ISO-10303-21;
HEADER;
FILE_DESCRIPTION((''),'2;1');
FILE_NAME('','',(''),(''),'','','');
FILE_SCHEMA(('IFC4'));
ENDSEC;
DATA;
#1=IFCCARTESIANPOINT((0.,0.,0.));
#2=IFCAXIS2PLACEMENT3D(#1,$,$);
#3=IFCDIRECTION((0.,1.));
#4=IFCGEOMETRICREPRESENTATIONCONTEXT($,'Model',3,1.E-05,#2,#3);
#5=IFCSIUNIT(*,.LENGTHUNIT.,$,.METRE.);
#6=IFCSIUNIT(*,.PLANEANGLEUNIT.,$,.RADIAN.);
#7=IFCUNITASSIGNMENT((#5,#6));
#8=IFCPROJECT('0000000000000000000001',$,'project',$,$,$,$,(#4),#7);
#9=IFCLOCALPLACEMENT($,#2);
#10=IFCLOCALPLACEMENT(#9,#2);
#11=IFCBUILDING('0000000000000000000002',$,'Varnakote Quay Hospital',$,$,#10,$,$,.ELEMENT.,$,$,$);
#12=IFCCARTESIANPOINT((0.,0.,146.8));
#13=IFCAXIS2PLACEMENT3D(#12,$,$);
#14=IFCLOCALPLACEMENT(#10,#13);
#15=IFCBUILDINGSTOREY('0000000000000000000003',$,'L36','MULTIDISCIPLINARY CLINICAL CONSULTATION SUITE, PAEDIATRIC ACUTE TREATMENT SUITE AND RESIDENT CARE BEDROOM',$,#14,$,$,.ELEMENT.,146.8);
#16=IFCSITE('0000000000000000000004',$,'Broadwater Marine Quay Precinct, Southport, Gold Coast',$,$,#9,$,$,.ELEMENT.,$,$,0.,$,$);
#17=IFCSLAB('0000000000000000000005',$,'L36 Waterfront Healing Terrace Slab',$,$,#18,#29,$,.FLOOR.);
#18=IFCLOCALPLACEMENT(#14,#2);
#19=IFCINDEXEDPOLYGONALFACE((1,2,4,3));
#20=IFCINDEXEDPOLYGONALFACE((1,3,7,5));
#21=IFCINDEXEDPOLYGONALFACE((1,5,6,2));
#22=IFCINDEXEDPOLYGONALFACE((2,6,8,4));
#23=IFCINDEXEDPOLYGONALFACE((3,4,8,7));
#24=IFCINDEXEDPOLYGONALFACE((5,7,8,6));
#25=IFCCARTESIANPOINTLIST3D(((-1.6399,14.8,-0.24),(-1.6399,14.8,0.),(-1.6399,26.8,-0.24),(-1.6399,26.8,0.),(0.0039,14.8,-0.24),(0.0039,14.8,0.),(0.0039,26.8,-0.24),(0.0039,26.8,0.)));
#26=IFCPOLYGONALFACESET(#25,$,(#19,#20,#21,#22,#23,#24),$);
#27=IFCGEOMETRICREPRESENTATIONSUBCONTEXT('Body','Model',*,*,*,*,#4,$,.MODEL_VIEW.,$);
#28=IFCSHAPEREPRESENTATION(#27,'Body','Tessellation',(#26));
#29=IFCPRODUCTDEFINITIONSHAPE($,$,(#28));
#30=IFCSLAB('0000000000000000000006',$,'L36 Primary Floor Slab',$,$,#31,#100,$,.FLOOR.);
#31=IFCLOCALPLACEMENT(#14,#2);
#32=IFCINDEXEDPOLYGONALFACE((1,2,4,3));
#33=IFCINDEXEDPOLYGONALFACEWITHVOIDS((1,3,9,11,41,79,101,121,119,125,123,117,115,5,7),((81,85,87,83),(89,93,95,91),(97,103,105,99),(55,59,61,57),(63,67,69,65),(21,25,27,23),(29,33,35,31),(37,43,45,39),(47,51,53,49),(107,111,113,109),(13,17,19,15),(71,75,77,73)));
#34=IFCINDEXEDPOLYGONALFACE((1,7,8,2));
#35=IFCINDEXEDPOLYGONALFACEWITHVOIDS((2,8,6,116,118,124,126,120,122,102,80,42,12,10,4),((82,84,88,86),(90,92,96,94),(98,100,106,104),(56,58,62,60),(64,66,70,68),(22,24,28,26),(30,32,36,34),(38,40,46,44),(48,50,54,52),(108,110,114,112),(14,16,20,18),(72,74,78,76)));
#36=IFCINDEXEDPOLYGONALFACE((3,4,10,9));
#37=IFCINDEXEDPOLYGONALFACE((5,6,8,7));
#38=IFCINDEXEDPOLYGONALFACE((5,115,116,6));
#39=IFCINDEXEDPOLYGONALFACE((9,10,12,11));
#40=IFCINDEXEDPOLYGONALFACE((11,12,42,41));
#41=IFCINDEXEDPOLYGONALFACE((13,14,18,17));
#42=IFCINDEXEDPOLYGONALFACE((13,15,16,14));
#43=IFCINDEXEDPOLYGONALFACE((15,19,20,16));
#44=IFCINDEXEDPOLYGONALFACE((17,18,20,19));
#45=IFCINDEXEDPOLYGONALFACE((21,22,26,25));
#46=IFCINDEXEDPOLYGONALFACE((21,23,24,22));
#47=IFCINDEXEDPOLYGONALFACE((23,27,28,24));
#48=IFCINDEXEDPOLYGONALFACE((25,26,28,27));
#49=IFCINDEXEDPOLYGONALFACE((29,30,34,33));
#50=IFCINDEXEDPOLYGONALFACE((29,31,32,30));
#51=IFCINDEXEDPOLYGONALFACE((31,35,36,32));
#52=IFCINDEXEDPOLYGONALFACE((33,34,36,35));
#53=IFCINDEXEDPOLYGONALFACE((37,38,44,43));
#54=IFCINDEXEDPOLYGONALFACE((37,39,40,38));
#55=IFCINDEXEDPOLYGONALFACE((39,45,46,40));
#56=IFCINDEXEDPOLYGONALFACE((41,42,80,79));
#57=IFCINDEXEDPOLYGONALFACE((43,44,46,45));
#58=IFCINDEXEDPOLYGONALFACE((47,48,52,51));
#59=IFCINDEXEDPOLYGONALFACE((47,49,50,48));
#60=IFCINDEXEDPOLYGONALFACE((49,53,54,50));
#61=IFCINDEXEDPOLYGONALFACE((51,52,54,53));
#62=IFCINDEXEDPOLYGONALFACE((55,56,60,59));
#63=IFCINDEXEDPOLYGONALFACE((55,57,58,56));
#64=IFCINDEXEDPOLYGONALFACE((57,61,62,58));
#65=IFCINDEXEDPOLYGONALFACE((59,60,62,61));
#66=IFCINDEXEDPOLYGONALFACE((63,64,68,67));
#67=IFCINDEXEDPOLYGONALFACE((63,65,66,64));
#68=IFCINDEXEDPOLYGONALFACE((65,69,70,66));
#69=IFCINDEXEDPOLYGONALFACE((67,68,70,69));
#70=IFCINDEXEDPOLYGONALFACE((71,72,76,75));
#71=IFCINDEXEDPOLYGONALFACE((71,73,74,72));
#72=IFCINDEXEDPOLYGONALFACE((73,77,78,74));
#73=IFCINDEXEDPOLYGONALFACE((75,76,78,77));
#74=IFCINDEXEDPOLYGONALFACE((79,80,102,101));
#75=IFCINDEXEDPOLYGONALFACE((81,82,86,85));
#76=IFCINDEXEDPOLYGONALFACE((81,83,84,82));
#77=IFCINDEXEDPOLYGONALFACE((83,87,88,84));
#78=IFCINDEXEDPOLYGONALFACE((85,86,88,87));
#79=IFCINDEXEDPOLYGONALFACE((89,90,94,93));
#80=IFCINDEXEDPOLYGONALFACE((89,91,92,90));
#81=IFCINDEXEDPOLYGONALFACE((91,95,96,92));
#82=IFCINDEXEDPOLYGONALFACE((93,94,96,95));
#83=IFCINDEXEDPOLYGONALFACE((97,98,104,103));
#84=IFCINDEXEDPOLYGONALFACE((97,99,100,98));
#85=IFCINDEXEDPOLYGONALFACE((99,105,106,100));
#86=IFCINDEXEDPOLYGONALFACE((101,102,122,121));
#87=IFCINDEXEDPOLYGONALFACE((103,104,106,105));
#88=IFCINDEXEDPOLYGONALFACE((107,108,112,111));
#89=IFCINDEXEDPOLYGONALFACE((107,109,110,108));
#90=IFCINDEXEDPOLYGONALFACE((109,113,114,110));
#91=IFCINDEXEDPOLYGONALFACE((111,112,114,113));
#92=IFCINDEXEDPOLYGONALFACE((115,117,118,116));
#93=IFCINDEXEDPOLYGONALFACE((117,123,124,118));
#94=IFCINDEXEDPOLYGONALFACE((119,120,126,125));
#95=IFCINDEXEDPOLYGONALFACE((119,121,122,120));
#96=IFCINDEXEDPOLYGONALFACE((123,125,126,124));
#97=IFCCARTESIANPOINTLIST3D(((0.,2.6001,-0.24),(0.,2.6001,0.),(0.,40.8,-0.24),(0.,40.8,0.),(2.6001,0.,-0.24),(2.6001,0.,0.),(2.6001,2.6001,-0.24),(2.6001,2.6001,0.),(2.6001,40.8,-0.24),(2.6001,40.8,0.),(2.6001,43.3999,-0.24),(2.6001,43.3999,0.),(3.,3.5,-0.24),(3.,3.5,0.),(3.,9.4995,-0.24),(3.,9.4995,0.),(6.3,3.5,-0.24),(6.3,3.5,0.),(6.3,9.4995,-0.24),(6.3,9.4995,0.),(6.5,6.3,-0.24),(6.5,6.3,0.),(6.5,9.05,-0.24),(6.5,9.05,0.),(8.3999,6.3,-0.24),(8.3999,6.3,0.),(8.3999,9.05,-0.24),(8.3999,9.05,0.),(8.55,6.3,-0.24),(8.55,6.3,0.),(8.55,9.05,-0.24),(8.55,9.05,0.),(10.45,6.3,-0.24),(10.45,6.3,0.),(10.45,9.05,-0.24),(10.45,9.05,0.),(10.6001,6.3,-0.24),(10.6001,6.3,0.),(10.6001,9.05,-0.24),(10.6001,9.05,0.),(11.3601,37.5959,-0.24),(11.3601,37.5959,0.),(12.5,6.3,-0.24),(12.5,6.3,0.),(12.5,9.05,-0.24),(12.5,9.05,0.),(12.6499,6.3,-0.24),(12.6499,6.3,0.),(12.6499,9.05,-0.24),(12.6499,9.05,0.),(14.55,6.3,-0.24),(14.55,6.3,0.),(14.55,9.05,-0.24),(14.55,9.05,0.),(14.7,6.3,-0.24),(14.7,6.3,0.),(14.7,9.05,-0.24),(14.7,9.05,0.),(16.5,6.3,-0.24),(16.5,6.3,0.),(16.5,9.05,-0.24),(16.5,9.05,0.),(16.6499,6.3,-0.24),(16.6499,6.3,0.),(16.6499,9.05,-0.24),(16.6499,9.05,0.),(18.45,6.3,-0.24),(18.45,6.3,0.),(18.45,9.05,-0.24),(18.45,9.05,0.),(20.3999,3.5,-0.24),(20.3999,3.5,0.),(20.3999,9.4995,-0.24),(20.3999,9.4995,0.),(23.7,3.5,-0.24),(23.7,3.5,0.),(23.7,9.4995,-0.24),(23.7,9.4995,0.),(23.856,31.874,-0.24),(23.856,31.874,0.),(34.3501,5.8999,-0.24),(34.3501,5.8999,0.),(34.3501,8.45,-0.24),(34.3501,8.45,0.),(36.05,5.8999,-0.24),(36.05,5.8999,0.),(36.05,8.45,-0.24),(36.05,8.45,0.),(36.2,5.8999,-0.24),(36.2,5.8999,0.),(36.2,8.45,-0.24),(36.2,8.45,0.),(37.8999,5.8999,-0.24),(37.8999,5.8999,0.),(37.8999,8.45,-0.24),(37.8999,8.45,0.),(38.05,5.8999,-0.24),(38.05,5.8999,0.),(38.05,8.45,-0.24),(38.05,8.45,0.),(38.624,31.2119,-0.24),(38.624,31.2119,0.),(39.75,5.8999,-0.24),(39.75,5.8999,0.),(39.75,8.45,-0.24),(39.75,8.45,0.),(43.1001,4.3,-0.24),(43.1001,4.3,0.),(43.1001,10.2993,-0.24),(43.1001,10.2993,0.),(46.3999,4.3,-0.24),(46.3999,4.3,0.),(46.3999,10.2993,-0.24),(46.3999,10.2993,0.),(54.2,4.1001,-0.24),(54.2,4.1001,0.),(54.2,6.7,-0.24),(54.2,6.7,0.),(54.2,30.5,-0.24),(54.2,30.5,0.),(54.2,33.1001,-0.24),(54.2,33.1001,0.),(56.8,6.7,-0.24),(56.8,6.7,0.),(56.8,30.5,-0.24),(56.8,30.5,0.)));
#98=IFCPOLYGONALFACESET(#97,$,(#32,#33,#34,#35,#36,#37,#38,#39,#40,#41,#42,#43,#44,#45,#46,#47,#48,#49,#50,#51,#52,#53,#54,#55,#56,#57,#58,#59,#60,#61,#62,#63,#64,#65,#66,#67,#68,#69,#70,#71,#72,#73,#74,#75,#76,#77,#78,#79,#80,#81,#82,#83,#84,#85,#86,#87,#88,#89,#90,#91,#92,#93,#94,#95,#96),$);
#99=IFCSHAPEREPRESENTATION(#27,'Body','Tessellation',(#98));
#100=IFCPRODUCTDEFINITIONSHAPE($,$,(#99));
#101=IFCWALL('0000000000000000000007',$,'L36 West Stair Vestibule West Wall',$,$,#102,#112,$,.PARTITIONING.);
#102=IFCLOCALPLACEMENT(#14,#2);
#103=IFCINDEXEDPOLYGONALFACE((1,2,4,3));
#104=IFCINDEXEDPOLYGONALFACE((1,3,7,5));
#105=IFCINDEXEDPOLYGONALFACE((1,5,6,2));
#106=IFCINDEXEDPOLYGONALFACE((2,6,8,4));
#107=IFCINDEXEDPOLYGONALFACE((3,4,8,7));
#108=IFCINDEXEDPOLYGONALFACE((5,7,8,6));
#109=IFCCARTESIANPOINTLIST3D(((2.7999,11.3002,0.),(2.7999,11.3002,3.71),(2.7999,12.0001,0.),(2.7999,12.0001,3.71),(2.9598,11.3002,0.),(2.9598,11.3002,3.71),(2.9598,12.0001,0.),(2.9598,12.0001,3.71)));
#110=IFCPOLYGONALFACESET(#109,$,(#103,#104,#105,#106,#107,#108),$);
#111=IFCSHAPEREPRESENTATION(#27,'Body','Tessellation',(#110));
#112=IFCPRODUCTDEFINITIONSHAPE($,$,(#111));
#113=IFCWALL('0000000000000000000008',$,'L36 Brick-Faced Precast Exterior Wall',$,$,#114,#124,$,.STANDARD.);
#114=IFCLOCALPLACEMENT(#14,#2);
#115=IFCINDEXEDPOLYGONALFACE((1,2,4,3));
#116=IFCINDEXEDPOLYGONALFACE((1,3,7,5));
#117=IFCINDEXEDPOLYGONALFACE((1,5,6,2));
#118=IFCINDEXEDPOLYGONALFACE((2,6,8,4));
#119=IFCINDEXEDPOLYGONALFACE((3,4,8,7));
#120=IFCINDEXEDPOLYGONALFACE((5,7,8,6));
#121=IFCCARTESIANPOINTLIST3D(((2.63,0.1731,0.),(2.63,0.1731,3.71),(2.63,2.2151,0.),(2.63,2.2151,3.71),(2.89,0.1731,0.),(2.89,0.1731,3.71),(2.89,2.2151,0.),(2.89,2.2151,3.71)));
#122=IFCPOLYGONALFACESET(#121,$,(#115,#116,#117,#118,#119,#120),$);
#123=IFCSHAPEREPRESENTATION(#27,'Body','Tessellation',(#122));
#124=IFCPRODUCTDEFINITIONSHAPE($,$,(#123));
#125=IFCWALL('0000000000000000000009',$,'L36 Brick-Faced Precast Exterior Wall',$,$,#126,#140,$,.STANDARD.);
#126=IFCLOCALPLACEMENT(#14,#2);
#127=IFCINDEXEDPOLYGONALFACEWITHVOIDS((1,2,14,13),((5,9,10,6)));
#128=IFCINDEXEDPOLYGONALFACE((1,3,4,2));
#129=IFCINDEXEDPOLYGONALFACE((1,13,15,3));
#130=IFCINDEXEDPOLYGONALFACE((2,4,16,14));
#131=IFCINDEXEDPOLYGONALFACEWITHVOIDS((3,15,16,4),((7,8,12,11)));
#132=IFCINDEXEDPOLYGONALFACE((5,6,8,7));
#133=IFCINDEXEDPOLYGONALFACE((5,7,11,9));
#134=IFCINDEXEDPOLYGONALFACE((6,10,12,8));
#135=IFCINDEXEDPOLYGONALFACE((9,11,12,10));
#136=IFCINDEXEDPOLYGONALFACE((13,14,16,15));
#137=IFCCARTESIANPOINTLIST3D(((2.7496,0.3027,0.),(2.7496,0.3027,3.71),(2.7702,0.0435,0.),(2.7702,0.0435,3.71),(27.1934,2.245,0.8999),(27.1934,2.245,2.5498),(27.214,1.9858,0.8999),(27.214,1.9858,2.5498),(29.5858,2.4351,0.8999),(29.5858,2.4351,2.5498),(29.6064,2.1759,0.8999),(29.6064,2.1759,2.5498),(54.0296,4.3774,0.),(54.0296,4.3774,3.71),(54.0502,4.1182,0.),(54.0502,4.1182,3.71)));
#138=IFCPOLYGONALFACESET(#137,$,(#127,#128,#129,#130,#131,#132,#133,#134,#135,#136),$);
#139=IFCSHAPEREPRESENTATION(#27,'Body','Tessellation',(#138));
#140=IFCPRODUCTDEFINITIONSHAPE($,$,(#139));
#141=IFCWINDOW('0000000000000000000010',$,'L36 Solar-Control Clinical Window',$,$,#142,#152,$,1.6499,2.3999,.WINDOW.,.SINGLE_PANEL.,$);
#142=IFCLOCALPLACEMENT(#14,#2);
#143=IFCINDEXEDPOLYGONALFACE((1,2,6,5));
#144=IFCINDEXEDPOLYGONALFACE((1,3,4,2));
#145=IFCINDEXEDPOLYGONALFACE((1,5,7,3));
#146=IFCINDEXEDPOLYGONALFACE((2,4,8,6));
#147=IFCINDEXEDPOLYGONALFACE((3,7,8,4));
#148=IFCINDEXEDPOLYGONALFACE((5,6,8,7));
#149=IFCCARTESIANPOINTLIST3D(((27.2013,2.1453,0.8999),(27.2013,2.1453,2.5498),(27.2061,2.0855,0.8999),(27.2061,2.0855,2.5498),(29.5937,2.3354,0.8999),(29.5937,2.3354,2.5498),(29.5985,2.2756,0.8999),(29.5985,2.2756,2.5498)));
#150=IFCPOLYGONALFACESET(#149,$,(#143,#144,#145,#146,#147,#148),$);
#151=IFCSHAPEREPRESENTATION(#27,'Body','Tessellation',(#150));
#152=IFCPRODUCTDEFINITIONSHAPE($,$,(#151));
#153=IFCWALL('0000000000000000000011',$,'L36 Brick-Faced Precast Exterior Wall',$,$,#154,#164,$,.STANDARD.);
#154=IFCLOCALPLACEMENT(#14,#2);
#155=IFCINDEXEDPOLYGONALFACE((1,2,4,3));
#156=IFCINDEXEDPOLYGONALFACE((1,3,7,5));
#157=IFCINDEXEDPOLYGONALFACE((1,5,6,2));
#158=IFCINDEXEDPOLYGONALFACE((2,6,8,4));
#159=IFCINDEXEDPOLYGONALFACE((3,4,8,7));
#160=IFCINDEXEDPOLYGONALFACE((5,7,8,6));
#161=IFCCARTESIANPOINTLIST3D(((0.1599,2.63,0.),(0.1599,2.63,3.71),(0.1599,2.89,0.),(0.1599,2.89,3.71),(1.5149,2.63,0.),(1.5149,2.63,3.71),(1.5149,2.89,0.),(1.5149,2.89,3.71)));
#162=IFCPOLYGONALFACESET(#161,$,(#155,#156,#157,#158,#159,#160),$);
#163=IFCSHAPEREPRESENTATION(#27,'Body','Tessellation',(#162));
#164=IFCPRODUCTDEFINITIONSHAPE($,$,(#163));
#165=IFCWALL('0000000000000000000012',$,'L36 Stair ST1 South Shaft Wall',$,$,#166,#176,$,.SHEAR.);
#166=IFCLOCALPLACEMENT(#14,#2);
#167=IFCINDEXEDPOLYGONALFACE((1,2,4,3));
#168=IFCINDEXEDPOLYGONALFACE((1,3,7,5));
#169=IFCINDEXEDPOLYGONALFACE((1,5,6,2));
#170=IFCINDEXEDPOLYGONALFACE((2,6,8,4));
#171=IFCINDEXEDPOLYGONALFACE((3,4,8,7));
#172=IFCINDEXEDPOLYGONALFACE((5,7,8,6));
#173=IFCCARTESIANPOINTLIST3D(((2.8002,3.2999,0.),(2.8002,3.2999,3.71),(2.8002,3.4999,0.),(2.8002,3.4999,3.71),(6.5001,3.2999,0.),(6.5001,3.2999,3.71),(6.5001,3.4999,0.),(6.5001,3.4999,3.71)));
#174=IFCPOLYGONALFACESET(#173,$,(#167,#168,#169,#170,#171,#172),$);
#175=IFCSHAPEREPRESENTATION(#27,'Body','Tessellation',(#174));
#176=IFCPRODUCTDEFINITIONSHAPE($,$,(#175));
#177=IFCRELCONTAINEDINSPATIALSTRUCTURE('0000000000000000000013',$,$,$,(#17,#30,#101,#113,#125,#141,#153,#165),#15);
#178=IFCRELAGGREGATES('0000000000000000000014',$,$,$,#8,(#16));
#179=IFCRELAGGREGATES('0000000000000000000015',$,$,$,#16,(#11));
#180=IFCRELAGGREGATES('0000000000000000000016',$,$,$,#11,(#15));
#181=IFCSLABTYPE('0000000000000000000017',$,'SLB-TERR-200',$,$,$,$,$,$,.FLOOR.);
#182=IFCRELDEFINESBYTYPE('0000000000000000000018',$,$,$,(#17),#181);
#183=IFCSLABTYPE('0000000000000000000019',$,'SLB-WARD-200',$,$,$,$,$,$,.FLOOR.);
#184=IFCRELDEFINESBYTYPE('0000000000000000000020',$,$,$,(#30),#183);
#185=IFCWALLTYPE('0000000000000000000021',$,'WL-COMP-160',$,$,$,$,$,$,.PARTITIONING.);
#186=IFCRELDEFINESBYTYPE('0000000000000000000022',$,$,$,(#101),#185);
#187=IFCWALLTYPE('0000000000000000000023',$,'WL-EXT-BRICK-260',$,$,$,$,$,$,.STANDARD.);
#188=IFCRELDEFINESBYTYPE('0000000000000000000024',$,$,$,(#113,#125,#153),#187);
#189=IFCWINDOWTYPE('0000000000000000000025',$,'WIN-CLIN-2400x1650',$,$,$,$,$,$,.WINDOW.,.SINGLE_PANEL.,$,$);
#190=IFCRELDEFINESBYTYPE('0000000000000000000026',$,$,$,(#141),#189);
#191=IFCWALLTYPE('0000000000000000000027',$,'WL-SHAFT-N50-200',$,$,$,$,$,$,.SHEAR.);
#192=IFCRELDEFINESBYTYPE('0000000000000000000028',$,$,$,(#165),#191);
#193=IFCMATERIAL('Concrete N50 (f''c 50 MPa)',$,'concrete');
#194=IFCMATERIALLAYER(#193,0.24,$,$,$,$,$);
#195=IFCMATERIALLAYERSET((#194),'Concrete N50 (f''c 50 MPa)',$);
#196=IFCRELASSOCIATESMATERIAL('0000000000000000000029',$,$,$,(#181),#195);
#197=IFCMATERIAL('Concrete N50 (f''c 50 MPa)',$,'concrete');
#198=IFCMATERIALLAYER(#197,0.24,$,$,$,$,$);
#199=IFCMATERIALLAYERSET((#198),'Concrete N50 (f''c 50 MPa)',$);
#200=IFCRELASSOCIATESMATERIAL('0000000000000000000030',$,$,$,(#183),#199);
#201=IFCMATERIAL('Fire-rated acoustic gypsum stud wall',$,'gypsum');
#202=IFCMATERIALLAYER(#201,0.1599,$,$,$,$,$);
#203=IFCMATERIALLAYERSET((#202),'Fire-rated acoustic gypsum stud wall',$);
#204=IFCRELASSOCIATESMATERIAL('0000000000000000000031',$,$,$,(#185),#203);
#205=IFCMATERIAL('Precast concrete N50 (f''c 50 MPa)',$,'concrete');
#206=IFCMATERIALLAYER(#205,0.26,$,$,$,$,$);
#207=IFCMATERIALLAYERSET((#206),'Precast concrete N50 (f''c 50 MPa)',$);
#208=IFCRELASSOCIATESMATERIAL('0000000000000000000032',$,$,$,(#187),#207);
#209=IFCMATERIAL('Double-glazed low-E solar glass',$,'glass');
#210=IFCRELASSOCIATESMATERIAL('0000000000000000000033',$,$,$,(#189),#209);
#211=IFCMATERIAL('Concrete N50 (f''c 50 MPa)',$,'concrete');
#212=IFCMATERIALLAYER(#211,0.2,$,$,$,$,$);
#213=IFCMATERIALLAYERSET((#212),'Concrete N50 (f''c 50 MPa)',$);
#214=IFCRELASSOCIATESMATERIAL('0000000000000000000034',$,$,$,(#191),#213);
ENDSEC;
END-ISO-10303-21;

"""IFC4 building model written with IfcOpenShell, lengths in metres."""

from ifc_helpers import new_model, si_unit, direction, frame, frame_2d, origin, place, context, subcontext, project, spatial, polyline, rectangle, outline, extrude, material, layer, layer_set, type_object, element, fill, save


model = new_model("IFC4")

# Units and contexts
model_context = context("Model", 3, precision=1e-05, world=origin(), true_north=direction((0.0, 1.0)))
body_context = subcontext(model_context, "Body", "Model", "MODEL_VIEW")
ifc_project = project(units=[si_unit("LENGTHUNIT", "METRE"), si_unit("PLANEANGLEUNIT", "RADIAN")], contexts=[model_context])

# Site, building, storey
site_placement = place(None, origin())
site = spatial("IfcSite", under=ifc_project, at=site_placement, Name="Broadwater Marine Quay Precinct, Southport, Gold Coast", CompositionType="ELEMENT", RefElevation=0.0)
building_placement = place(site_placement, origin())
building = spatial("IfcBuilding", under=site, at=building_placement, Name="Varnakote Quay Hospital", CompositionType="ELEMENT")
storey_placement = place(building_placement, frame((0.0, 0.0, 146.8)))
storey = spatial("IfcBuildingStorey", under=building, at=storey_placement, Name="L36", Description="MULTIDISCIPLINARY CLINICAL CONSULTATION SUITE, PAEDIATRIC ACUTE TREATMENT SUITE AND RESIDENT CARE BEDROOM", CompositionType="ELEMENT", Elevation=146.8)

# Slabs
ifc_material_1 = material(Name="Concrete N50 (f'c 50 MPa)", Category="concrete")
ifc_layer_1 = layer(ifc_material_1, 0.24)
ifc_layer_set_1 = layer_set([ifc_layer_1], Name="Concrete N50 (f'c 50 MPa)")
slab_type_1 = type_object("IfcSlabType", Name="SLB-TERR-200", PredefinedType="FLOOR", material=ifc_layer_set_1)
slab_1_placement = place(storey_placement, frame((0.0, 0.0, -0.24)))
element("IfcSlab", 1, at=slab_1_placement, inside=storey, type_object=slab_type_1, Name="L36 Waterfront Healing Terrace Slab", PredefinedType="FLOOR", context=body_context, shape_type="SweptSolid", body=[
    extrude(outline(polyline([(0.0039, 14.8), (0.0039, 26.8), (-1.6399, 26.8), (-1.6399, 14.8), (0.0039, 14.8)])), origin(), (0.0, 0.0, 1.0), 0.24),
])
ifc_material_2 = material(Name="Concrete N50 (f'c 50 MPa)", Category="concrete")
ifc_layer_2 = layer(ifc_material_2, 0.24)
ifc_layer_set_2 = layer_set([ifc_layer_2], Name="Concrete N50 (f'c 50 MPa)")
slab_type_2 = type_object("IfcSlabType", Name="SLB-WARD-200", PredefinedType="FLOOR", material=ifc_layer_set_2)
slab_2_placement = place(storey_placement, frame((0.0, 0.0, -0.24)))
element("IfcSlab", 2, at=slab_2_placement, inside=storey, type_object=slab_type_2, Name="L36 Primary Floor Slab", PredefinedType="FLOOR", context=body_context, shape_type="SweptSolid", body=[
    extrude(outline(polyline([(0.0, 2.6001), (2.6001, 2.6001), (2.6001, 0.0), (54.2, 4.1001), (54.2, 6.7), (56.8, 6.7), (56.8, 30.5), (54.2, 30.5), (54.2, 33.1001), (38.624, 31.2119), (23.856, 31.874), (11.3601, 37.5959), (2.6001, 43.3999), (2.6001, 40.8), (0.0, 40.8), (0.0, 2.6001)]), holes=[polyline([(3.0, 3.5), (6.3, 3.5), (6.3, 9.4995), (3.0, 9.4995), (3.0, 3.5)]), polyline([(20.3999, 3.5), (23.7, 3.5), (23.7, 9.4995), (20.3999, 9.4995), (20.3999, 3.5)]), polyline([(43.1001, 4.3), (46.3999, 4.3), (46.3999, 10.2993), (43.1001, 10.2993), (43.1001, 4.3)]), polyline([(6.5, 6.3), (8.3999, 6.3), (8.3999, 9.05), (6.5, 9.05), (6.5, 6.3)]), polyline([(8.55, 6.3), (10.45, 6.3), (10.45, 9.05), (8.55, 9.05), (8.55, 6.3)]), polyline([(10.6001, 6.3), (12.5, 6.3), (12.5, 9.05), (10.6001, 9.05), (10.6001, 6.3)]), polyline([(12.6499, 6.3), (14.55, 6.3), (14.55, 9.05), (12.6499, 9.05), (12.6499, 6.3)]), polyline([(14.7, 6.3), (16.5, 6.3), (16.5, 9.05), (14.7, 9.05), (14.7, 6.3)]), polyline([(16.6499, 6.3), (18.45, 6.3), (18.45, 9.05), (16.6499, 9.05), (16.6499, 6.3)]), polyline([(34.3501, 5.8999), (36.05, 5.8999), (36.05, 8.45), (34.3501, 8.45), (34.3501, 5.8999)]), polyline([(36.2, 5.8999), (37.8999, 5.8999), (37.8999, 8.45), (36.2, 8.45), (36.2, 5.8999)]), polyline([(38.05, 5.8999), (39.75, 5.8999), (39.75, 8.45), (38.05, 8.45), (38.05, 5.8999)])]), origin(), (0.0, 0.0, 1.0), 0.24),
])

# Walls
ifc_material_3 = material(Name="Fire-rated acoustic gypsum stud wall", Category="gypsum")
ifc_layer_3 = layer(ifc_material_3, 0.1599)
ifc_layer_set_3 = layer_set([ifc_layer_3], Name="Fire-rated acoustic gypsum stud wall")
wall_type_1 = type_object("IfcWallType", Name="WL-COMP-160", PredefinedType="PARTITIONING", material=ifc_layer_set_3)
wall_1_placement = place(storey_placement, frame((2.8799, 11.3, 0.0), z_axis=(0.0, 0.0, 1.0), x_axis=(0.0, 1.0, 0.0)))
element("IfcWall", 3, at=wall_1_placement, inside=storey, type_object=wall_type_1, Name="L36 West Stair Vestibule West Wall", PredefinedType="PARTITIONING", context=body_context, shape_type="SweptSolid", body=[
    extrude(rectangle(XDim=0.7, YDim=0.1599, at=frame_2d((0.3501, 0.0))), origin(), (0.0, 0.0, 1.0), 3.71),
])
ifc_material_4 = material(Name="Precast concrete N50 (f'c 50 MPa)", Category="concrete")
ifc_layer_4 = layer(ifc_material_4, 0.26)
ifc_layer_set_4 = layer_set([ifc_layer_4], Name="Precast concrete N50 (f'c 50 MPa)")
wall_type_2 = type_object("IfcWallType", Name="WL-EXT-BRICK-260", PredefinedType="STANDARD", material=ifc_layer_set_4)
wall_2_placement = place(storey_placement, frame((2.76, 2.2151, 0.0), z_axis=(0.0, 0.0, 1.0), x_axis=(0.0, -1.0, 0.0)))
element("IfcWall", 4, at=wall_2_placement, inside=storey, type_object=wall_type_2, Name="L36 Brick-Faced Precast Exterior Wall", PredefinedType="STANDARD", context=body_context, shape_type="SweptSolid", body=[
    extrude(rectangle(XDim=2.042, YDim=0.26, at=frame_2d((1.021, 0.0))), origin(), (0.0, 0.0, 1.0), 3.71),
])

# Wall, opening, window
wall_3_placement = place(storey_placement, frame((2.76, 0.1731, 0.0), z_axis=(0.0, 0.0, 1.0), x_axis=(0.996858, 0.07921, 0.0)))
wall_3 = element("IfcWall", 5, at=wall_3_placement, inside=storey, type_object=wall_type_2, Name="L36 Brick-Faced Precast Exterior Wall", PredefinedType="STANDARD", context=body_context, shape_type="SweptSolid", body=[
    extrude(rectangle(XDim=51.4417, YDim=0.26, at=frame_2d((25.7207, 0.0))), origin(), (0.0, 0.0, 1.0), 3.71),
])
opening_1_placement = place(wall_3_placement, frame((24.5208, 0.0, 0.8999)))
opening_1 = element("IfcOpeningElement", 6, at=opening_1_placement, cuts=wall_3, PredefinedType="OPENING", context=body_context, shape_type="SweptSolid", body=[
    extrude(rectangle(XDim=2.3999, YDim=1.6499, at=frame_2d((1.2, 0.825))), frame((0.0, 0.1399, 0.0), z_axis=(0.0, -1.0, 0.0), x_axis=(1.0, 0.0, 0.0)), (0.0, 0.0, 1.0), 0.28),
])
ifc_material_5 = material(Name="Double-glazed low-E solar glass", Category="glass")
window_type = type_object("IfcWindowType", Name="WIN-CLIN-2400x1650", PartitioningType="SINGLE_PANEL", PredefinedType="WINDOW", material=ifc_material_5)
window_placement = place(opening_1_placement, origin())
window = element("IfcWindow", 7, at=window_placement, inside=storey, type_object=window_type, Name="L36 Solar-Control Clinical Window", OverallHeight=1.6499, OverallWidth=2.3999, PartitioningType="SINGLE_PANEL", PredefinedType="WINDOW", context=body_context, shape_type="SweptSolid", body=[
    extrude(rectangle(XDim=2.3999, YDim=1.6499, at=frame_2d((1.2, 0.825))), frame((0.0, 0.03, 0.0), z_axis=(0.0, -1.0, 0.0), x_axis=(1.0, 0.0, 0.0)), (0.0, 0.0, 1.0), 0.0601),
])
fill(opening_1, window)

# Walls
wall_4_placement = place(storey_placement, frame((0.1599, 2.76, 0.0), z_axis=(0.0, 0.0, 1.0), x_axis=(1.0, 0.0, 0.0)))
element("IfcWall", 8, at=wall_4_placement, inside=storey, type_object=wall_type_2, Name="L36 Brick-Faced Precast Exterior Wall", PredefinedType="STANDARD", context=body_context, shape_type="SweptSolid", body=[
    extrude(rectangle(XDim=1.355, YDim=0.26, at=frame_2d((0.6775, 0.0))), origin(), (0.0, 0.0, 1.0), 3.71),
])
ifc_material_6 = material(Name="Concrete N50 (f'c 50 MPa)", Category="concrete")
ifc_layer_5 = layer(ifc_material_6, 0.2)
ifc_layer_set_5 = layer_set([ifc_layer_5], Name="Concrete N50 (f'c 50 MPa)")
wall_type_3 = type_object("IfcWallType", Name="WL-SHAFT-N50-200", PredefinedType="SHEAR", material=ifc_layer_set_5)
wall_5_placement = place(storey_placement, frame((2.8, 3.3999, 0.0), z_axis=(0.0, 0.0, 1.0), x_axis=(1.0, 0.0, 0.0)))
element("IfcWall", 9, at=wall_5_placement, inside=storey, type_object=wall_type_3, Name="L36 Stair ST1 South Shaft Wall", PredefinedType="SHEAR", context=body_context, shape_type="SweptSolid", body=[
    extrude(rectangle(XDim=3.7, YDim=0.2, at=frame_2d((1.8501, 0.0))), origin(), (0.0, 0.0, 1.0), 3.71),
])

save(model, "model.ifc")
